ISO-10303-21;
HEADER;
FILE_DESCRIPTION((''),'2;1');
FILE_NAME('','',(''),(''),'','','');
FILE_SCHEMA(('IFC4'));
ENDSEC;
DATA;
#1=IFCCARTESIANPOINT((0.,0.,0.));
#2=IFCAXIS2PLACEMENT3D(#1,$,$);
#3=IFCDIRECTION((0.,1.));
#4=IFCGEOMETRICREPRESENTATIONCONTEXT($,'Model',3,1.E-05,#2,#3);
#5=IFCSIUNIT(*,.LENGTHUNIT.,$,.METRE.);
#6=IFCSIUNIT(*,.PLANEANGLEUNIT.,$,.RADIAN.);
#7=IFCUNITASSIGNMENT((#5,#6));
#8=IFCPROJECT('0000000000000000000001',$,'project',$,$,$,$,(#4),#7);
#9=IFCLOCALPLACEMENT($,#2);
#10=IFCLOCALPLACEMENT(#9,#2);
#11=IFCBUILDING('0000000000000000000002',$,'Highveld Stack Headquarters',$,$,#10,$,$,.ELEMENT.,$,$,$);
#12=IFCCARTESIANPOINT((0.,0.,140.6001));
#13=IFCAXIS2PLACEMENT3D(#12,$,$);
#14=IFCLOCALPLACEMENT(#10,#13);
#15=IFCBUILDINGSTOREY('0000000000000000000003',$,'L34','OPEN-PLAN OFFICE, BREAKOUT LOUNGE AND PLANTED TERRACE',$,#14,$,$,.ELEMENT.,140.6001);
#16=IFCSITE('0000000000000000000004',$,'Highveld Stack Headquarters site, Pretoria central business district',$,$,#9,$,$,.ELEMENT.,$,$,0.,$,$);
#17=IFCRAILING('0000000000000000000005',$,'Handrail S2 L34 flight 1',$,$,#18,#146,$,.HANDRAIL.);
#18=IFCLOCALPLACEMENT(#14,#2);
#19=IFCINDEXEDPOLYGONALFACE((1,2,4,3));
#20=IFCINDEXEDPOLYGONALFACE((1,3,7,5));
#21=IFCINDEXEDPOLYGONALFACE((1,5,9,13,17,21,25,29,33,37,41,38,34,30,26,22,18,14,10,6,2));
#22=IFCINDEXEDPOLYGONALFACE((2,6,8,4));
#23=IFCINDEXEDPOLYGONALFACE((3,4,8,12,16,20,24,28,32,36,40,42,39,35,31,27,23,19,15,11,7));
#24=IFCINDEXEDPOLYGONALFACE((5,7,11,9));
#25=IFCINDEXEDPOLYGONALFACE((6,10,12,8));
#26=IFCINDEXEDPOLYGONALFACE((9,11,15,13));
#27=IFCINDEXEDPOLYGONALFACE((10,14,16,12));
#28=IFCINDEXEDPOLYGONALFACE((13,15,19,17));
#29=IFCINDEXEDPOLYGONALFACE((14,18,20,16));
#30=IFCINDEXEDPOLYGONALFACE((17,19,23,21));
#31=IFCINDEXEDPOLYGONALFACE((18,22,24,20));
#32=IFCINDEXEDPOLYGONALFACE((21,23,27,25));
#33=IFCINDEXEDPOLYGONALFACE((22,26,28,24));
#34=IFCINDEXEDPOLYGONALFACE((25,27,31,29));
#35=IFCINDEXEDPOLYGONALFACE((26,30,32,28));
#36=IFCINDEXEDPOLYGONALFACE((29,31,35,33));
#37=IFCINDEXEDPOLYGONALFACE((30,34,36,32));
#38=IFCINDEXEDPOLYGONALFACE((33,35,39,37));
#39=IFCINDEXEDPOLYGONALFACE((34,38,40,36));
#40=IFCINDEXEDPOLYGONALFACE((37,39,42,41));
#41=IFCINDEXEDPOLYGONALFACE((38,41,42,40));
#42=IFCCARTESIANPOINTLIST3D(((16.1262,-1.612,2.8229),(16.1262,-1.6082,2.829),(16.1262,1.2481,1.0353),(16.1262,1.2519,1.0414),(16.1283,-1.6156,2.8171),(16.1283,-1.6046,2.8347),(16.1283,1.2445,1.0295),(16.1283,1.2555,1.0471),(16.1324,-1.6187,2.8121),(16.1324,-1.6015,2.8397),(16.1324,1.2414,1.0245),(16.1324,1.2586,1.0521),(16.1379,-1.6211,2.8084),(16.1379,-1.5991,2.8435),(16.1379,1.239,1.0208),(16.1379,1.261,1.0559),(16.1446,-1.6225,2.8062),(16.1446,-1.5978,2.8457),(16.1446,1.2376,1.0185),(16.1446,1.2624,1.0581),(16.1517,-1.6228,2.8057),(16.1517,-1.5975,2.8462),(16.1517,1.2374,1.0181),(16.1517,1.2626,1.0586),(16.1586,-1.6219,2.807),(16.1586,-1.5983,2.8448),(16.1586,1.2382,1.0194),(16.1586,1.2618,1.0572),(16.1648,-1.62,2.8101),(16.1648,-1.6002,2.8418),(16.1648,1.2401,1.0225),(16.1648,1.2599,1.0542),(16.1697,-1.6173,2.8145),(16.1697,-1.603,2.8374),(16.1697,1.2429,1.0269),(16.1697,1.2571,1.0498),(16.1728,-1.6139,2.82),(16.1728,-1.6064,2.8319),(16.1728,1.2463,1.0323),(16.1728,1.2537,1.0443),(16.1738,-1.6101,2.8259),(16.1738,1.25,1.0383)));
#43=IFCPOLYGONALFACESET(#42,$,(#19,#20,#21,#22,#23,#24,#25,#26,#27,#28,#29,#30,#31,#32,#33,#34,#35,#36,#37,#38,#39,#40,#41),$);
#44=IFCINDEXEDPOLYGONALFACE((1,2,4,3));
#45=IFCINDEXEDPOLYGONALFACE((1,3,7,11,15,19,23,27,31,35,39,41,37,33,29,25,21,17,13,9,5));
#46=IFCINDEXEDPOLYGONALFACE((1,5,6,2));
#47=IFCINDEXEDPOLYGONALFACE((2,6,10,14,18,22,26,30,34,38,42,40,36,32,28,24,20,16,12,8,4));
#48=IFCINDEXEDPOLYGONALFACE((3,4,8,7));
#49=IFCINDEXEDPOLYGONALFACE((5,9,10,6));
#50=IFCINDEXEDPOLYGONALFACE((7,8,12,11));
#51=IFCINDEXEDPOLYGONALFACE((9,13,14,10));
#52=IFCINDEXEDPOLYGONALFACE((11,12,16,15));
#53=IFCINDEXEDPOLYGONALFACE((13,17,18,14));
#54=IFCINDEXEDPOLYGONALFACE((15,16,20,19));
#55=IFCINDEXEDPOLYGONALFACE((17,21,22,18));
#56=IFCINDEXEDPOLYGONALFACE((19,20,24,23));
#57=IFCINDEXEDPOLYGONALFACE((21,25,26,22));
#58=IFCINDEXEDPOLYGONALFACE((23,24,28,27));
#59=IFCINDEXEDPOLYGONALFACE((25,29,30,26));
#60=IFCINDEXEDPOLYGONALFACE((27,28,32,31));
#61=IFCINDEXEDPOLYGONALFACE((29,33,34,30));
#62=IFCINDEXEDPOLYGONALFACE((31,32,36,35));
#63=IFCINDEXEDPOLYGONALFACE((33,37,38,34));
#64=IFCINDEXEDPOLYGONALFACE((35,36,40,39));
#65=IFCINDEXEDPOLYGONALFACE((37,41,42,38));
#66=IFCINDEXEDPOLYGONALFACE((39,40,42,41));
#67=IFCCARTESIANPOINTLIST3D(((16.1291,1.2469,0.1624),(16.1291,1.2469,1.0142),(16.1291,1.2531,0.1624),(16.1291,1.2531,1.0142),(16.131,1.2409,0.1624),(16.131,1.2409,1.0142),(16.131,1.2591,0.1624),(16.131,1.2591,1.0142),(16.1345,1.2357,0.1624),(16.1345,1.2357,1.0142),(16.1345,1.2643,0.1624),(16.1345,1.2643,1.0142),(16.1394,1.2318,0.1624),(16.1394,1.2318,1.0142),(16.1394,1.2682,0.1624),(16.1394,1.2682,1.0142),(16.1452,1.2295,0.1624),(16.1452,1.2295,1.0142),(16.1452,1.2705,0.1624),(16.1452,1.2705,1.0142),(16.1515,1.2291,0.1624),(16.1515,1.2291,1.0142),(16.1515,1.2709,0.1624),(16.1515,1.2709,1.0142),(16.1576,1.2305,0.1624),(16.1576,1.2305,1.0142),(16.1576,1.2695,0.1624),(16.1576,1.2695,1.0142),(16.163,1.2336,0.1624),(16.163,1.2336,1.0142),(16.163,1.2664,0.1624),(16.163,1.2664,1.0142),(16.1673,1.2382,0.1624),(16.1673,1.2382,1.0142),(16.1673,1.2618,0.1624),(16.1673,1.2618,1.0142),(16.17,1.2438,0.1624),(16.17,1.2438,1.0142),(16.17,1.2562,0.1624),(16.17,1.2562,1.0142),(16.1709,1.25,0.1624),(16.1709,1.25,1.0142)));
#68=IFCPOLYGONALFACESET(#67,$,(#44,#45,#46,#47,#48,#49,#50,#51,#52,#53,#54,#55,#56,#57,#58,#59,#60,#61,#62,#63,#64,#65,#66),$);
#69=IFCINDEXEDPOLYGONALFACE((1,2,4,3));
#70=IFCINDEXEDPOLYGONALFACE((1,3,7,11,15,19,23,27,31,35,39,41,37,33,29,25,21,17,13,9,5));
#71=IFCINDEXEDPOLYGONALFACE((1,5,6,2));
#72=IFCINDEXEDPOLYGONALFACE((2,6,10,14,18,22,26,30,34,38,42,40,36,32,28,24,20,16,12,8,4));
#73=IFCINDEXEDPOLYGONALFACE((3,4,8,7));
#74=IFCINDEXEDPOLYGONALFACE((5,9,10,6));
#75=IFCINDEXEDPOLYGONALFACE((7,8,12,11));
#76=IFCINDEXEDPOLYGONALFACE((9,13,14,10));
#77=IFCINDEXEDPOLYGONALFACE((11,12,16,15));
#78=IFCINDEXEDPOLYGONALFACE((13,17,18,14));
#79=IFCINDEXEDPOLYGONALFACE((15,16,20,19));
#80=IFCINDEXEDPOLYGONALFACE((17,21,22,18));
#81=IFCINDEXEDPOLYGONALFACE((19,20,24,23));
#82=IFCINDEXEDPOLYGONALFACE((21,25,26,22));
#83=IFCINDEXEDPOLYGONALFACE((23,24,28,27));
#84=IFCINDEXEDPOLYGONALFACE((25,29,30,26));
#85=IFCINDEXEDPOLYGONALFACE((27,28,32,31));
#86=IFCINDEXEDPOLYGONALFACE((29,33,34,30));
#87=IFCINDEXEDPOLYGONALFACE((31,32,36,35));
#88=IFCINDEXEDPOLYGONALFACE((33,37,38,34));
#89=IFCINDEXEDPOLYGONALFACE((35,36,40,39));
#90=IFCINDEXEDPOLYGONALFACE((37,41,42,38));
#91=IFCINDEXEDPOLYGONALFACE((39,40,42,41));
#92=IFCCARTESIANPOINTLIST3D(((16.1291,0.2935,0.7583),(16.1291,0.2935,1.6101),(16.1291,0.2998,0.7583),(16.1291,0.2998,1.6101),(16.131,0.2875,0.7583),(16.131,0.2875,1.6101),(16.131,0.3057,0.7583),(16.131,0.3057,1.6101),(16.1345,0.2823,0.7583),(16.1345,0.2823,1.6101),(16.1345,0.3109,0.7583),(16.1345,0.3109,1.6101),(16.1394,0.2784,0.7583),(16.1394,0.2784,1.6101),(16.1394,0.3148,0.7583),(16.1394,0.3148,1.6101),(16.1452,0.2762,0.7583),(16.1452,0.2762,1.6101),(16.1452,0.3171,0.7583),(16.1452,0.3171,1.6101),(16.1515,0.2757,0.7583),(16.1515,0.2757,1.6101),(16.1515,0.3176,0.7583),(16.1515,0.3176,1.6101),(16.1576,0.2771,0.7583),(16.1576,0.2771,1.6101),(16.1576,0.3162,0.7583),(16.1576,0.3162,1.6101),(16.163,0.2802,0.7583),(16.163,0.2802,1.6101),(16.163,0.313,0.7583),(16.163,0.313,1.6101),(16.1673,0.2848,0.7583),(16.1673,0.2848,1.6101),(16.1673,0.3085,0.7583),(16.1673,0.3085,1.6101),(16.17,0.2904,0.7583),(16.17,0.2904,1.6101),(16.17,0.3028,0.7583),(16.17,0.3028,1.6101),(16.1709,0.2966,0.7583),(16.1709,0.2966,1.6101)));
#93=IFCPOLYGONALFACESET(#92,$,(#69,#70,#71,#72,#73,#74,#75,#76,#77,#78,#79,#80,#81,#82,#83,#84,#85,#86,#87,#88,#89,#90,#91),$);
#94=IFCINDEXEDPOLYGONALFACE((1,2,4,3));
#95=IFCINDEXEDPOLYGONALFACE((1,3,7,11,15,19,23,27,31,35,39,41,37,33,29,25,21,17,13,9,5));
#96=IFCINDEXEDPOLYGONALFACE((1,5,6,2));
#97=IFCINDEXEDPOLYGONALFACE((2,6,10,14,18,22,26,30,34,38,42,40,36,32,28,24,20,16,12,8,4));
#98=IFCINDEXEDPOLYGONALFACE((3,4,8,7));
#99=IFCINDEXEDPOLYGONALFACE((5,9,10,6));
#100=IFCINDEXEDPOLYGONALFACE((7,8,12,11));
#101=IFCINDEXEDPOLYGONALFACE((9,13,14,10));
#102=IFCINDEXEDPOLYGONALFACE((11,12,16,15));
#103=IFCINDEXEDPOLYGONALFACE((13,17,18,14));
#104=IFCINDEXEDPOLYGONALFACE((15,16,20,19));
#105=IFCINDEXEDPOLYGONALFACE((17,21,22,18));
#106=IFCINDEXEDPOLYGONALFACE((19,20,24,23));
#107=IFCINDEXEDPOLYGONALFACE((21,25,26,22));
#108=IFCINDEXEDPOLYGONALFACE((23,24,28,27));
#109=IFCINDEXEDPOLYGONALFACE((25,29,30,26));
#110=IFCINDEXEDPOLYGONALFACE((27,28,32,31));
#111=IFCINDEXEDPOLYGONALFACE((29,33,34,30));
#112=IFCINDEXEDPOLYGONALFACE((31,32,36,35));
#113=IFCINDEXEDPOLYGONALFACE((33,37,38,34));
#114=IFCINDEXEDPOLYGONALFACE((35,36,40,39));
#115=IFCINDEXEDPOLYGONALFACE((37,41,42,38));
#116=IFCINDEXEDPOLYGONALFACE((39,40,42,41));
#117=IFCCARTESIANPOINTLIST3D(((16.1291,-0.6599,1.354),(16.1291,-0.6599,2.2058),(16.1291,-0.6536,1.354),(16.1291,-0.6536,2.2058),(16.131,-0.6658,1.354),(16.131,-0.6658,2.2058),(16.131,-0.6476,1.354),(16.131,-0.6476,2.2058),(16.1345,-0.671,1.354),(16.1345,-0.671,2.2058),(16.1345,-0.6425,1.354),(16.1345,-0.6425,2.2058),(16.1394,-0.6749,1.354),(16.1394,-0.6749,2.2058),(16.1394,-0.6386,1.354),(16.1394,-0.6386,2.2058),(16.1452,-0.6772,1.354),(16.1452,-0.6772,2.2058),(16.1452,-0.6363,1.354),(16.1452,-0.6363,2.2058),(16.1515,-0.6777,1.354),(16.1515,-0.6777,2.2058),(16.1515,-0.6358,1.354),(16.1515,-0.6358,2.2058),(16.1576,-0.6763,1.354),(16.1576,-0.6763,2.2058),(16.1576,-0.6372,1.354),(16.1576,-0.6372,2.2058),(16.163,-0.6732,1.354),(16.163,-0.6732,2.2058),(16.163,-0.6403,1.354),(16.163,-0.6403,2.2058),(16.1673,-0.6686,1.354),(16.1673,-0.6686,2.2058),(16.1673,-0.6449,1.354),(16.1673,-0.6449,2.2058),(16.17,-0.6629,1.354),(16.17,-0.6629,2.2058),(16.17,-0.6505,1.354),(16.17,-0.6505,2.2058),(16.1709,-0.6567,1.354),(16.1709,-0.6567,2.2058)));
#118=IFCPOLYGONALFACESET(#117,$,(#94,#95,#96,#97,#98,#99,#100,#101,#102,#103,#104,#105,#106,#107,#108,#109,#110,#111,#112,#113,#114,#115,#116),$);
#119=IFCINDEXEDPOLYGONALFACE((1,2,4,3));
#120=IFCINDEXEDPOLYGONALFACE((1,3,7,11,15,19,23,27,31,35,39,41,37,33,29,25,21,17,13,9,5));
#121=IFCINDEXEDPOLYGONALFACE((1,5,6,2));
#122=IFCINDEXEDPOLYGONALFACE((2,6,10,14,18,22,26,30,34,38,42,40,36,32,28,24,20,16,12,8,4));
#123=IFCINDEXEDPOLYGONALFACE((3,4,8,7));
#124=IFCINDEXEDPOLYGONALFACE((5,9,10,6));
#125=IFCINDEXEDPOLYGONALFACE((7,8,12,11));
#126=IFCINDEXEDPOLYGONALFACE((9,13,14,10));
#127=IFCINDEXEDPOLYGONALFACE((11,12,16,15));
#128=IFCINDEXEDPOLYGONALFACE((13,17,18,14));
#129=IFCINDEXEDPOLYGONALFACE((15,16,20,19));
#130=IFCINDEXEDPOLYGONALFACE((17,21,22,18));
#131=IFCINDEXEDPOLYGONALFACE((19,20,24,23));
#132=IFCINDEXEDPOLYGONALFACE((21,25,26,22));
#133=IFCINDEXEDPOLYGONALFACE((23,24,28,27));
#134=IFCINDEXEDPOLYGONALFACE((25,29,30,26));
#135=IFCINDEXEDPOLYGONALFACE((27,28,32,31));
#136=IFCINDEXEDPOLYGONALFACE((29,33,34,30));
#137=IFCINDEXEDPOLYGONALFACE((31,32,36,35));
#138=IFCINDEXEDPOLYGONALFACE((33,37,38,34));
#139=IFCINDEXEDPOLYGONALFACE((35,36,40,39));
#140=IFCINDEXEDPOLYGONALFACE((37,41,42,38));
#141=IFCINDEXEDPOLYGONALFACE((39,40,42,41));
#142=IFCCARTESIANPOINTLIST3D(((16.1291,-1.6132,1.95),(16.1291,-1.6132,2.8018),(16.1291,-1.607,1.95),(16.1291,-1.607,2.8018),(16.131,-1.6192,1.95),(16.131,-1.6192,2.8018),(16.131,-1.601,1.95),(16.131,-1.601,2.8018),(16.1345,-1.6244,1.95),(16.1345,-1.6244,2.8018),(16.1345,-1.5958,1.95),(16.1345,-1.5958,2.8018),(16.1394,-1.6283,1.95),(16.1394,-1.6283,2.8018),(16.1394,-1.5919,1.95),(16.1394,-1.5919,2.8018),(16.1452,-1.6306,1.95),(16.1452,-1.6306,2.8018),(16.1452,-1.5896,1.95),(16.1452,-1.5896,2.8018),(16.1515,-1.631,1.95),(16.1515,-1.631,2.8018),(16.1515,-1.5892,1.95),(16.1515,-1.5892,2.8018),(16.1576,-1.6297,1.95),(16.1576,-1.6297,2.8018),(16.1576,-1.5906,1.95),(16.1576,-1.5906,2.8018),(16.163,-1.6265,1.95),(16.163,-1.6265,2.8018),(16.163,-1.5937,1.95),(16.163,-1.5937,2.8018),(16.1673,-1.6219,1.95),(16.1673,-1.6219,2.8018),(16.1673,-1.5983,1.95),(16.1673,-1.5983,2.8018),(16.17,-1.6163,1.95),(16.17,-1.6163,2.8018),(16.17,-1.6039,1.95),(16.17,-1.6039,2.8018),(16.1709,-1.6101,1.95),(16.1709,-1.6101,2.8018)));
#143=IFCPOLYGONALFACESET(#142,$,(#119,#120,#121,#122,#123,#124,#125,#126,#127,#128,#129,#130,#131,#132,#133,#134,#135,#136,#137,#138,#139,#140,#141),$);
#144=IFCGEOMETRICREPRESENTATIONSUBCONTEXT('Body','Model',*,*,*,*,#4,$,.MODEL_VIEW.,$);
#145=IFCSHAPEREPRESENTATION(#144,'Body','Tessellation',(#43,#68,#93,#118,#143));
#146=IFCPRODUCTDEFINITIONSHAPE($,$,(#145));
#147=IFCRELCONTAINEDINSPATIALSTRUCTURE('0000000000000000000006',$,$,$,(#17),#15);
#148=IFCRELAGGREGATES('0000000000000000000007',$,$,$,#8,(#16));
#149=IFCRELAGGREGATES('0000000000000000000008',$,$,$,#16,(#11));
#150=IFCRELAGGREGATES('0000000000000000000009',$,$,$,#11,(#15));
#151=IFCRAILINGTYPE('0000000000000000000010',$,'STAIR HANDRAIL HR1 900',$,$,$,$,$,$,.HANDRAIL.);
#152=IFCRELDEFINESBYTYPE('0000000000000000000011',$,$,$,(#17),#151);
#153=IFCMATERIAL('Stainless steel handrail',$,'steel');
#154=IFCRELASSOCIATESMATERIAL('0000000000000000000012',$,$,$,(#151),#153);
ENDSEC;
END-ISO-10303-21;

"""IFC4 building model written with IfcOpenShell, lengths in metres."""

from ifc_helpers import new_model, si_unit, direction, frame, origin, origin_2d, place, context, subcontext, project, spatial, circle, extrude, material, type_object, element, save


model = new_model("IFC4")

# Units and contexts
model_context = context("Model", 3, precision=1e-05, world=origin(), true_north=direction((0.0, 1.0)))
body_context = subcontext(model_context, "Body", "Model", "MODEL_VIEW")
ifc_project = project(units=[si_unit("LENGTHUNIT", "METRE"), si_unit("PLANEANGLEUNIT", "RADIAN")], contexts=[model_context])

# Site, building, storey
site_placement = place(None, origin())
site = spatial("IfcSite", under=ifc_project, at=site_placement, Name="Highveld Stack Headquarters site, Pretoria central business district", CompositionType="ELEMENT", RefElevation=0.0)
building_placement = place(site_placement, origin())
building = spatial("IfcBuilding", under=site, at=building_placement, Name="Highveld Stack Headquarters", CompositionType="ELEMENT")
storey_placement = place(building_placement, frame((0.0, 0.0, 140.6001)))
storey = spatial("IfcBuildingStorey", under=building, at=storey_placement, Name="L34", Description="OPEN-PLAN OFFICE, BREAKOUT LOUNGE AND PLANTED TERRACE", CompositionType="ELEMENT", Elevation=140.6001)

# Railing
ifc_material_1 = material(Name="Stainless steel handrail", Category="steel")
railing_type = type_object("IfcRailingType", Name="STAIR HANDRAIL HR1 900", PredefinedType="HANDRAIL", material=ifc_material_1)
for number, where, name in (
    (1, (16.1499, 1.25, 0.1624), "Handrail S2 L34 flight 1"),
):
    element("IfcRailing", number, at=place(storey_placement, frame(where)), inside=storey, type_object=railing_type, Name=name, PredefinedType="HANDRAIL", context=body_context, shape_type="SweptSolid", body=[
        extrude(circle(Radius=0.0239, at=origin_2d()), frame((0.0, 0.0, 0.876), z_axis=(0.0, -0.847994, 0.530005), x_axis=(1.0, 0.0, 0.0)), (0.0, 0.0, 1.0), 3.3728),
        extrude(circle(Radius=0.021, at=origin_2d()), origin(), (0.0, 0.0, 1.0), 0.8518),
        extrude(circle(Radius=0.021, at=origin_2d()), frame((0.0, -0.9534, 0.5959)), (0.0, 0.0, 1.0), 0.8518),
        extrude(circle(Radius=0.021, at=origin_2d()), frame((0.0, -1.9067, 1.1917)), (0.0, 0.0, 1.0), 0.8518),
        extrude(circle(Radius=0.021, at=origin_2d()), frame((0.0, -2.8601, 1.7876)), (0.0, 0.0, 1.0), 0.8518),
    ])

save(model, "model.ifc")
